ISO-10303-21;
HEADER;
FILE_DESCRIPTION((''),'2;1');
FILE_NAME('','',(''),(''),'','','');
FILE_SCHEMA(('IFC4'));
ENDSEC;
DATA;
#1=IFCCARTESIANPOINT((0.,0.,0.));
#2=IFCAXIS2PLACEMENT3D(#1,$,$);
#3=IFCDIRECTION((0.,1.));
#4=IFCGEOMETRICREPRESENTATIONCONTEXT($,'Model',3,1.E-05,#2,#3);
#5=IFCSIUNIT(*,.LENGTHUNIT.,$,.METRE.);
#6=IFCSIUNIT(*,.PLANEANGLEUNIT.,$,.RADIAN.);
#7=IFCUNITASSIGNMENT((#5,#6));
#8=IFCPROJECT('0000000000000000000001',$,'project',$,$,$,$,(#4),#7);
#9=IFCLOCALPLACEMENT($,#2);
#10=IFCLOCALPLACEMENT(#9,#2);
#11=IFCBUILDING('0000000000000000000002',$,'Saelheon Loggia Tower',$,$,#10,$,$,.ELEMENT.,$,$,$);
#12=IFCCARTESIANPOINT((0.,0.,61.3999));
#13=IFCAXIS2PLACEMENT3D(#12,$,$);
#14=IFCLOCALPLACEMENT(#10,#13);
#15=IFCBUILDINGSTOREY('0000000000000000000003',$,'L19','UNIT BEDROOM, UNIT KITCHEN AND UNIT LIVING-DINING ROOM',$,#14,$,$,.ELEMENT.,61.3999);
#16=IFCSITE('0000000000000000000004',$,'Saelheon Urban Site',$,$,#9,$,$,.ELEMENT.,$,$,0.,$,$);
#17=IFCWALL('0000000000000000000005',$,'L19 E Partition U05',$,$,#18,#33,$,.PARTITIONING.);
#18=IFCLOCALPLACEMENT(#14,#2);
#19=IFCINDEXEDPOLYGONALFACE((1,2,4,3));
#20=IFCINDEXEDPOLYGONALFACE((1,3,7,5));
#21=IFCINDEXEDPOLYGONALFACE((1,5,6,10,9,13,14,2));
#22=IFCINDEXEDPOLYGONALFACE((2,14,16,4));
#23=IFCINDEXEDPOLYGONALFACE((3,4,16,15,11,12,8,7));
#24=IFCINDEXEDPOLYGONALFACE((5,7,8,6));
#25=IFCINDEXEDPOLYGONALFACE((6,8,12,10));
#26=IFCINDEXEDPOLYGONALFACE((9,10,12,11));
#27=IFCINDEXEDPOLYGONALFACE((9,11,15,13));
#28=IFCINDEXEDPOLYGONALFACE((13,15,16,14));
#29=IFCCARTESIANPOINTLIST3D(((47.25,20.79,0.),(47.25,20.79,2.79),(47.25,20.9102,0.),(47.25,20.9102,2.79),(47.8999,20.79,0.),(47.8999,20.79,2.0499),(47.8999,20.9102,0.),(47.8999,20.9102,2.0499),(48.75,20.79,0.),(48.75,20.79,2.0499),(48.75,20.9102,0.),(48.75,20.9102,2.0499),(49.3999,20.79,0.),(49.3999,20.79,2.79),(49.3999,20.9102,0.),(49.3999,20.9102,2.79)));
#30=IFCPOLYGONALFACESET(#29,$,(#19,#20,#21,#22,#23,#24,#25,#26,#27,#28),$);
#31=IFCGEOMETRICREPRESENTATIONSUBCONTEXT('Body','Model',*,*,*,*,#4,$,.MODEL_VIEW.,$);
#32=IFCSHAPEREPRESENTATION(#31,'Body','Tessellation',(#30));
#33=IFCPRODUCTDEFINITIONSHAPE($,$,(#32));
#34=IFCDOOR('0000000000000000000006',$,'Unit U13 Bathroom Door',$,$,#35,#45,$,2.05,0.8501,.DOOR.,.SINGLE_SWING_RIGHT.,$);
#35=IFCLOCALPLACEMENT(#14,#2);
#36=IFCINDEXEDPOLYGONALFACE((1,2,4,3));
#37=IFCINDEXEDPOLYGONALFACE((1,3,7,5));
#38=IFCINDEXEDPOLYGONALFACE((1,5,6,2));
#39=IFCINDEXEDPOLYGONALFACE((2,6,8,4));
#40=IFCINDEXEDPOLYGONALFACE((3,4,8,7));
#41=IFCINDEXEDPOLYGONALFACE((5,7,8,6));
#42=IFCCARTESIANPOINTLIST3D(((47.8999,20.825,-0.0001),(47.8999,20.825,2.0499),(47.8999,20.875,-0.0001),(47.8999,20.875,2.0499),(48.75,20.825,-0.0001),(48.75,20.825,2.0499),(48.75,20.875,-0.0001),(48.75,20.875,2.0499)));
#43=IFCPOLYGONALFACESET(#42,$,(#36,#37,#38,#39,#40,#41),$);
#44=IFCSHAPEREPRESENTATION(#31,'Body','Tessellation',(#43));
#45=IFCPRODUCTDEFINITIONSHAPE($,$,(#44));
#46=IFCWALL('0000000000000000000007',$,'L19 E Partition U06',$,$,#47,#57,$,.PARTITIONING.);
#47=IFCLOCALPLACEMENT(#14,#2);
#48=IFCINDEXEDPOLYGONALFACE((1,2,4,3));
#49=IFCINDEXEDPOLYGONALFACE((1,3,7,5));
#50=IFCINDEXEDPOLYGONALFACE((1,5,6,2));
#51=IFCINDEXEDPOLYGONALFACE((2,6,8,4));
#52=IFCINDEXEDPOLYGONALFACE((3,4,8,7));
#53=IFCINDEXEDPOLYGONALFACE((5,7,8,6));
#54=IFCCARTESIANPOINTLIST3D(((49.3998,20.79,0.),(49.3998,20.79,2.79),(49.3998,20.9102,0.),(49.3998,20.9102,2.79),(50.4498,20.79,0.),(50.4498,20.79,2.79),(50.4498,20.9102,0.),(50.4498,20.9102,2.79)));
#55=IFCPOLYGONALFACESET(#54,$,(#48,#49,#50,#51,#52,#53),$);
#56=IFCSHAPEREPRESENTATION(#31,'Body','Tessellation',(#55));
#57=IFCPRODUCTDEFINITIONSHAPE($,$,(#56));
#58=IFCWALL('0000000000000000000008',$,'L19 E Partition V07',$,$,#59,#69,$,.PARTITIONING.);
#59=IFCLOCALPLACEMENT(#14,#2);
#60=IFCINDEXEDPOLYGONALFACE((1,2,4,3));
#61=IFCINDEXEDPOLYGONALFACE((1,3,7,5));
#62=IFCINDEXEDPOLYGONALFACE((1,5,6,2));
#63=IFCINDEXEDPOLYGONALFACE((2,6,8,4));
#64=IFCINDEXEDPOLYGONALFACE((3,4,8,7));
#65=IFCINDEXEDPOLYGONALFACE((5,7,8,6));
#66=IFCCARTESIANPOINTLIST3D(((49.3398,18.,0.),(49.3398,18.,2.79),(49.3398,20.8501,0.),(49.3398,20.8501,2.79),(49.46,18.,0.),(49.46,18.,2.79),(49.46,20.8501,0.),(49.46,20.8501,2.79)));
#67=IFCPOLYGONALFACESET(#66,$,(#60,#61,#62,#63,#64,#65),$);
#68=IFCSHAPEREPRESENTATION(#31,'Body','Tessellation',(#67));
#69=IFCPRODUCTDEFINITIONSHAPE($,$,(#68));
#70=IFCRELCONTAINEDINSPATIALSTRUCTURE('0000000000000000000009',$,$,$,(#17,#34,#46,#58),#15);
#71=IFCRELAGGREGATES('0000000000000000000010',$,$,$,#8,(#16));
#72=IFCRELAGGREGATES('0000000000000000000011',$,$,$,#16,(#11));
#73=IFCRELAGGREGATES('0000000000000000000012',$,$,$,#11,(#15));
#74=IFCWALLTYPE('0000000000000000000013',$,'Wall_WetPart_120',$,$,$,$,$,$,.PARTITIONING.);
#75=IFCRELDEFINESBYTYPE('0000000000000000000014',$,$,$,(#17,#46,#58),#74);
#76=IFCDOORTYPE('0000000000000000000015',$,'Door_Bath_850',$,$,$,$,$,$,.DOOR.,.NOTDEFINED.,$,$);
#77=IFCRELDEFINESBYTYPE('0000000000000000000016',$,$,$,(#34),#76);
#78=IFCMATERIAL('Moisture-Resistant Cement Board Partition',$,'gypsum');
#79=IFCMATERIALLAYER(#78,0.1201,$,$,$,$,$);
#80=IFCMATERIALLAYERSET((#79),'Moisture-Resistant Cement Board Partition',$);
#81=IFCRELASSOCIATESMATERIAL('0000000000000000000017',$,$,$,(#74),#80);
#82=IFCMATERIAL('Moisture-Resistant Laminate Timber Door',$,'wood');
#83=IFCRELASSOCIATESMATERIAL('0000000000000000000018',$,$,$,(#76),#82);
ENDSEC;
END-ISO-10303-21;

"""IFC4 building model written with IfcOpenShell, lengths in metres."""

from ifc_helpers import new_model, si_unit, direction, frame, frame_2d, origin, place, context, subcontext, project, spatial, rectangle, extrude, source, transform, mapped, material, layer, layer_set, type_object, element, fill, save


model = new_model("IFC4")

# Units and contexts
model_context = context("Model", 3, precision=1e-05, world=origin(), true_north=direction((0.0, 1.0)))
body_context = subcontext(model_context, "Body", "Model", "MODEL_VIEW")
ifc_project = project(units=[si_unit("LENGTHUNIT", "METRE"), si_unit("PLANEANGLEUNIT", "RADIAN")], contexts=[model_context])

# Site, building, storey
site_placement = place(None, origin())
site = spatial("IfcSite", under=ifc_project, at=site_placement, Name="Saelheon Urban Site", CompositionType="ELEMENT", RefElevation=0.0)
building_placement = place(site_placement, origin())
building = spatial("IfcBuilding", under=site, at=building_placement, Name="Saelheon Loggia Tower", CompositionType="ELEMENT")
storey_placement = place(building_placement, frame((0.0, 0.0, 61.3999)))
storey = spatial("IfcBuildingStorey", under=building, at=storey_placement, Name="L19", Description="UNIT BEDROOM, UNIT KITCHEN AND UNIT LIVING-DINING ROOM", CompositionType="ELEMENT", Elevation=61.3999)

# Wall, opening, door
ifc_material_1 = material(Name="Moisture-Resistant Cement Board Partition", Category="gypsum")
ifc_layer_1 = layer(ifc_material_1, 0.1201)
ifc_layer_set_1 = layer_set([ifc_layer_1], Name="Moisture-Resistant Cement Board Partition")
wall_type_1 = type_object("IfcWallType", Name="Wall_WetPart_120", PredefinedType="PARTITIONING", material=ifc_layer_set_1)
ifc_material_2 = material(Name="Moisture-Resistant Laminate Timber Door", Category="wood")
door_type_1 = type_object("IfcDoorType", Name="Door_Bath_850", OperationType="NOTDEFINED", PredefinedType="DOOR", material=ifc_material_2)
shared_shape_1 = source(origin(), body_context, "Body", "SweptSolid", [
    extrude(rectangle(XDim=0.8501, YDim=2.05, at=frame_2d((0.425, 1.0249))), frame((0.0, 0.0249, 0.0), z_axis=(0.0, -1.0, 0.0), x_axis=(1.0, 0.0, 0.0)), (0.0, 0.0, 1.0), 0.05),
])
wall_1_placement = place(storey_placement, frame((47.25, 20.8501, 0.0), z_axis=(0.0, 0.0, 1.0), x_axis=(1.0, 0.0, 0.0)))
wall_1 = element("IfcWall", 1, at=wall_1_placement, inside=storey, type_object=wall_type_1, Name="L19 E Partition U05", PredefinedType="PARTITIONING", context=body_context, shape_type="SweptSolid", body=[
    extrude(rectangle(XDim=2.1499, YDim=0.1201, at=frame_2d((1.075, 0.0))), origin(), (0.0, 0.0, 1.0), 2.79),
])
opening_1_placement = place(wall_1_placement, frame((0.6499, 0.0, 0.0)))
opening_1 = element("IfcOpeningElement", 2, at=opening_1_placement, cuts=wall_1, PredefinedType="OPENING", context=body_context, shape_type="SweptSolid", body=[
    extrude(rectangle(XDim=0.8501, YDim=2.05, at=frame_2d((0.425, 1.0249))), frame((0.0, 0.072, 0.0), z_axis=(0.0, -1.0, 0.0), x_axis=(1.0, 0.0, 0.0)), (0.0, 0.0, 1.0), 0.144),
])
door_1_placement = place(opening_1_placement, origin())
door_1 = element("IfcDoor", 3, at=door_1_placement, inside=storey, type_object=door_type_1, Name="Unit U13 Bathroom Door", OperationType="SINGLE_SWING_RIGHT", OverallHeight=2.05, OverallWidth=0.8501, PredefinedType="DOOR", context=body_context, shape_type="MappedRepresentation", body=[
    mapped(shared_shape_1, transform((0.0, 0.0, 0.0), scale=1.0)),
])
fill(opening_1, door_1)

# Walls
wall_2_placement = place(storey_placement, frame((49.3999, 20.8501, 0.0), z_axis=(0.0, 0.0, 1.0), x_axis=(1.0, 0.0, 0.0)))
element("IfcWall", 4, at=wall_2_placement, inside=storey, type_object=wall_type_1, Name="L19 E Partition U06", PredefinedType="PARTITIONING", context=body_context, shape_type="SweptSolid", body=[
    extrude(rectangle(XDim=1.05, YDim=0.1201, at=frame_2d((0.5249, 0.0))), origin(), (0.0, 0.0, 1.0), 2.79),
])
wall_3_placement = place(storey_placement, frame((49.3999, 18.0, 0.0), z_axis=(0.0, 0.0, 1.0), x_axis=(0.0, 1.0, 0.0)))
element("IfcWall", 5, at=wall_3_placement, inside=storey, type_object=wall_type_1, Name="L19 E Partition V07", PredefinedType="PARTITIONING", context=body_context, shape_type="SweptSolid", body=[
    extrude(rectangle(XDim=2.8501, YDim=0.1201, at=frame_2d((1.425, 0.0))), origin(), (0.0, 0.0, 1.0), 2.79),
])

save(model, "model.ifc")
